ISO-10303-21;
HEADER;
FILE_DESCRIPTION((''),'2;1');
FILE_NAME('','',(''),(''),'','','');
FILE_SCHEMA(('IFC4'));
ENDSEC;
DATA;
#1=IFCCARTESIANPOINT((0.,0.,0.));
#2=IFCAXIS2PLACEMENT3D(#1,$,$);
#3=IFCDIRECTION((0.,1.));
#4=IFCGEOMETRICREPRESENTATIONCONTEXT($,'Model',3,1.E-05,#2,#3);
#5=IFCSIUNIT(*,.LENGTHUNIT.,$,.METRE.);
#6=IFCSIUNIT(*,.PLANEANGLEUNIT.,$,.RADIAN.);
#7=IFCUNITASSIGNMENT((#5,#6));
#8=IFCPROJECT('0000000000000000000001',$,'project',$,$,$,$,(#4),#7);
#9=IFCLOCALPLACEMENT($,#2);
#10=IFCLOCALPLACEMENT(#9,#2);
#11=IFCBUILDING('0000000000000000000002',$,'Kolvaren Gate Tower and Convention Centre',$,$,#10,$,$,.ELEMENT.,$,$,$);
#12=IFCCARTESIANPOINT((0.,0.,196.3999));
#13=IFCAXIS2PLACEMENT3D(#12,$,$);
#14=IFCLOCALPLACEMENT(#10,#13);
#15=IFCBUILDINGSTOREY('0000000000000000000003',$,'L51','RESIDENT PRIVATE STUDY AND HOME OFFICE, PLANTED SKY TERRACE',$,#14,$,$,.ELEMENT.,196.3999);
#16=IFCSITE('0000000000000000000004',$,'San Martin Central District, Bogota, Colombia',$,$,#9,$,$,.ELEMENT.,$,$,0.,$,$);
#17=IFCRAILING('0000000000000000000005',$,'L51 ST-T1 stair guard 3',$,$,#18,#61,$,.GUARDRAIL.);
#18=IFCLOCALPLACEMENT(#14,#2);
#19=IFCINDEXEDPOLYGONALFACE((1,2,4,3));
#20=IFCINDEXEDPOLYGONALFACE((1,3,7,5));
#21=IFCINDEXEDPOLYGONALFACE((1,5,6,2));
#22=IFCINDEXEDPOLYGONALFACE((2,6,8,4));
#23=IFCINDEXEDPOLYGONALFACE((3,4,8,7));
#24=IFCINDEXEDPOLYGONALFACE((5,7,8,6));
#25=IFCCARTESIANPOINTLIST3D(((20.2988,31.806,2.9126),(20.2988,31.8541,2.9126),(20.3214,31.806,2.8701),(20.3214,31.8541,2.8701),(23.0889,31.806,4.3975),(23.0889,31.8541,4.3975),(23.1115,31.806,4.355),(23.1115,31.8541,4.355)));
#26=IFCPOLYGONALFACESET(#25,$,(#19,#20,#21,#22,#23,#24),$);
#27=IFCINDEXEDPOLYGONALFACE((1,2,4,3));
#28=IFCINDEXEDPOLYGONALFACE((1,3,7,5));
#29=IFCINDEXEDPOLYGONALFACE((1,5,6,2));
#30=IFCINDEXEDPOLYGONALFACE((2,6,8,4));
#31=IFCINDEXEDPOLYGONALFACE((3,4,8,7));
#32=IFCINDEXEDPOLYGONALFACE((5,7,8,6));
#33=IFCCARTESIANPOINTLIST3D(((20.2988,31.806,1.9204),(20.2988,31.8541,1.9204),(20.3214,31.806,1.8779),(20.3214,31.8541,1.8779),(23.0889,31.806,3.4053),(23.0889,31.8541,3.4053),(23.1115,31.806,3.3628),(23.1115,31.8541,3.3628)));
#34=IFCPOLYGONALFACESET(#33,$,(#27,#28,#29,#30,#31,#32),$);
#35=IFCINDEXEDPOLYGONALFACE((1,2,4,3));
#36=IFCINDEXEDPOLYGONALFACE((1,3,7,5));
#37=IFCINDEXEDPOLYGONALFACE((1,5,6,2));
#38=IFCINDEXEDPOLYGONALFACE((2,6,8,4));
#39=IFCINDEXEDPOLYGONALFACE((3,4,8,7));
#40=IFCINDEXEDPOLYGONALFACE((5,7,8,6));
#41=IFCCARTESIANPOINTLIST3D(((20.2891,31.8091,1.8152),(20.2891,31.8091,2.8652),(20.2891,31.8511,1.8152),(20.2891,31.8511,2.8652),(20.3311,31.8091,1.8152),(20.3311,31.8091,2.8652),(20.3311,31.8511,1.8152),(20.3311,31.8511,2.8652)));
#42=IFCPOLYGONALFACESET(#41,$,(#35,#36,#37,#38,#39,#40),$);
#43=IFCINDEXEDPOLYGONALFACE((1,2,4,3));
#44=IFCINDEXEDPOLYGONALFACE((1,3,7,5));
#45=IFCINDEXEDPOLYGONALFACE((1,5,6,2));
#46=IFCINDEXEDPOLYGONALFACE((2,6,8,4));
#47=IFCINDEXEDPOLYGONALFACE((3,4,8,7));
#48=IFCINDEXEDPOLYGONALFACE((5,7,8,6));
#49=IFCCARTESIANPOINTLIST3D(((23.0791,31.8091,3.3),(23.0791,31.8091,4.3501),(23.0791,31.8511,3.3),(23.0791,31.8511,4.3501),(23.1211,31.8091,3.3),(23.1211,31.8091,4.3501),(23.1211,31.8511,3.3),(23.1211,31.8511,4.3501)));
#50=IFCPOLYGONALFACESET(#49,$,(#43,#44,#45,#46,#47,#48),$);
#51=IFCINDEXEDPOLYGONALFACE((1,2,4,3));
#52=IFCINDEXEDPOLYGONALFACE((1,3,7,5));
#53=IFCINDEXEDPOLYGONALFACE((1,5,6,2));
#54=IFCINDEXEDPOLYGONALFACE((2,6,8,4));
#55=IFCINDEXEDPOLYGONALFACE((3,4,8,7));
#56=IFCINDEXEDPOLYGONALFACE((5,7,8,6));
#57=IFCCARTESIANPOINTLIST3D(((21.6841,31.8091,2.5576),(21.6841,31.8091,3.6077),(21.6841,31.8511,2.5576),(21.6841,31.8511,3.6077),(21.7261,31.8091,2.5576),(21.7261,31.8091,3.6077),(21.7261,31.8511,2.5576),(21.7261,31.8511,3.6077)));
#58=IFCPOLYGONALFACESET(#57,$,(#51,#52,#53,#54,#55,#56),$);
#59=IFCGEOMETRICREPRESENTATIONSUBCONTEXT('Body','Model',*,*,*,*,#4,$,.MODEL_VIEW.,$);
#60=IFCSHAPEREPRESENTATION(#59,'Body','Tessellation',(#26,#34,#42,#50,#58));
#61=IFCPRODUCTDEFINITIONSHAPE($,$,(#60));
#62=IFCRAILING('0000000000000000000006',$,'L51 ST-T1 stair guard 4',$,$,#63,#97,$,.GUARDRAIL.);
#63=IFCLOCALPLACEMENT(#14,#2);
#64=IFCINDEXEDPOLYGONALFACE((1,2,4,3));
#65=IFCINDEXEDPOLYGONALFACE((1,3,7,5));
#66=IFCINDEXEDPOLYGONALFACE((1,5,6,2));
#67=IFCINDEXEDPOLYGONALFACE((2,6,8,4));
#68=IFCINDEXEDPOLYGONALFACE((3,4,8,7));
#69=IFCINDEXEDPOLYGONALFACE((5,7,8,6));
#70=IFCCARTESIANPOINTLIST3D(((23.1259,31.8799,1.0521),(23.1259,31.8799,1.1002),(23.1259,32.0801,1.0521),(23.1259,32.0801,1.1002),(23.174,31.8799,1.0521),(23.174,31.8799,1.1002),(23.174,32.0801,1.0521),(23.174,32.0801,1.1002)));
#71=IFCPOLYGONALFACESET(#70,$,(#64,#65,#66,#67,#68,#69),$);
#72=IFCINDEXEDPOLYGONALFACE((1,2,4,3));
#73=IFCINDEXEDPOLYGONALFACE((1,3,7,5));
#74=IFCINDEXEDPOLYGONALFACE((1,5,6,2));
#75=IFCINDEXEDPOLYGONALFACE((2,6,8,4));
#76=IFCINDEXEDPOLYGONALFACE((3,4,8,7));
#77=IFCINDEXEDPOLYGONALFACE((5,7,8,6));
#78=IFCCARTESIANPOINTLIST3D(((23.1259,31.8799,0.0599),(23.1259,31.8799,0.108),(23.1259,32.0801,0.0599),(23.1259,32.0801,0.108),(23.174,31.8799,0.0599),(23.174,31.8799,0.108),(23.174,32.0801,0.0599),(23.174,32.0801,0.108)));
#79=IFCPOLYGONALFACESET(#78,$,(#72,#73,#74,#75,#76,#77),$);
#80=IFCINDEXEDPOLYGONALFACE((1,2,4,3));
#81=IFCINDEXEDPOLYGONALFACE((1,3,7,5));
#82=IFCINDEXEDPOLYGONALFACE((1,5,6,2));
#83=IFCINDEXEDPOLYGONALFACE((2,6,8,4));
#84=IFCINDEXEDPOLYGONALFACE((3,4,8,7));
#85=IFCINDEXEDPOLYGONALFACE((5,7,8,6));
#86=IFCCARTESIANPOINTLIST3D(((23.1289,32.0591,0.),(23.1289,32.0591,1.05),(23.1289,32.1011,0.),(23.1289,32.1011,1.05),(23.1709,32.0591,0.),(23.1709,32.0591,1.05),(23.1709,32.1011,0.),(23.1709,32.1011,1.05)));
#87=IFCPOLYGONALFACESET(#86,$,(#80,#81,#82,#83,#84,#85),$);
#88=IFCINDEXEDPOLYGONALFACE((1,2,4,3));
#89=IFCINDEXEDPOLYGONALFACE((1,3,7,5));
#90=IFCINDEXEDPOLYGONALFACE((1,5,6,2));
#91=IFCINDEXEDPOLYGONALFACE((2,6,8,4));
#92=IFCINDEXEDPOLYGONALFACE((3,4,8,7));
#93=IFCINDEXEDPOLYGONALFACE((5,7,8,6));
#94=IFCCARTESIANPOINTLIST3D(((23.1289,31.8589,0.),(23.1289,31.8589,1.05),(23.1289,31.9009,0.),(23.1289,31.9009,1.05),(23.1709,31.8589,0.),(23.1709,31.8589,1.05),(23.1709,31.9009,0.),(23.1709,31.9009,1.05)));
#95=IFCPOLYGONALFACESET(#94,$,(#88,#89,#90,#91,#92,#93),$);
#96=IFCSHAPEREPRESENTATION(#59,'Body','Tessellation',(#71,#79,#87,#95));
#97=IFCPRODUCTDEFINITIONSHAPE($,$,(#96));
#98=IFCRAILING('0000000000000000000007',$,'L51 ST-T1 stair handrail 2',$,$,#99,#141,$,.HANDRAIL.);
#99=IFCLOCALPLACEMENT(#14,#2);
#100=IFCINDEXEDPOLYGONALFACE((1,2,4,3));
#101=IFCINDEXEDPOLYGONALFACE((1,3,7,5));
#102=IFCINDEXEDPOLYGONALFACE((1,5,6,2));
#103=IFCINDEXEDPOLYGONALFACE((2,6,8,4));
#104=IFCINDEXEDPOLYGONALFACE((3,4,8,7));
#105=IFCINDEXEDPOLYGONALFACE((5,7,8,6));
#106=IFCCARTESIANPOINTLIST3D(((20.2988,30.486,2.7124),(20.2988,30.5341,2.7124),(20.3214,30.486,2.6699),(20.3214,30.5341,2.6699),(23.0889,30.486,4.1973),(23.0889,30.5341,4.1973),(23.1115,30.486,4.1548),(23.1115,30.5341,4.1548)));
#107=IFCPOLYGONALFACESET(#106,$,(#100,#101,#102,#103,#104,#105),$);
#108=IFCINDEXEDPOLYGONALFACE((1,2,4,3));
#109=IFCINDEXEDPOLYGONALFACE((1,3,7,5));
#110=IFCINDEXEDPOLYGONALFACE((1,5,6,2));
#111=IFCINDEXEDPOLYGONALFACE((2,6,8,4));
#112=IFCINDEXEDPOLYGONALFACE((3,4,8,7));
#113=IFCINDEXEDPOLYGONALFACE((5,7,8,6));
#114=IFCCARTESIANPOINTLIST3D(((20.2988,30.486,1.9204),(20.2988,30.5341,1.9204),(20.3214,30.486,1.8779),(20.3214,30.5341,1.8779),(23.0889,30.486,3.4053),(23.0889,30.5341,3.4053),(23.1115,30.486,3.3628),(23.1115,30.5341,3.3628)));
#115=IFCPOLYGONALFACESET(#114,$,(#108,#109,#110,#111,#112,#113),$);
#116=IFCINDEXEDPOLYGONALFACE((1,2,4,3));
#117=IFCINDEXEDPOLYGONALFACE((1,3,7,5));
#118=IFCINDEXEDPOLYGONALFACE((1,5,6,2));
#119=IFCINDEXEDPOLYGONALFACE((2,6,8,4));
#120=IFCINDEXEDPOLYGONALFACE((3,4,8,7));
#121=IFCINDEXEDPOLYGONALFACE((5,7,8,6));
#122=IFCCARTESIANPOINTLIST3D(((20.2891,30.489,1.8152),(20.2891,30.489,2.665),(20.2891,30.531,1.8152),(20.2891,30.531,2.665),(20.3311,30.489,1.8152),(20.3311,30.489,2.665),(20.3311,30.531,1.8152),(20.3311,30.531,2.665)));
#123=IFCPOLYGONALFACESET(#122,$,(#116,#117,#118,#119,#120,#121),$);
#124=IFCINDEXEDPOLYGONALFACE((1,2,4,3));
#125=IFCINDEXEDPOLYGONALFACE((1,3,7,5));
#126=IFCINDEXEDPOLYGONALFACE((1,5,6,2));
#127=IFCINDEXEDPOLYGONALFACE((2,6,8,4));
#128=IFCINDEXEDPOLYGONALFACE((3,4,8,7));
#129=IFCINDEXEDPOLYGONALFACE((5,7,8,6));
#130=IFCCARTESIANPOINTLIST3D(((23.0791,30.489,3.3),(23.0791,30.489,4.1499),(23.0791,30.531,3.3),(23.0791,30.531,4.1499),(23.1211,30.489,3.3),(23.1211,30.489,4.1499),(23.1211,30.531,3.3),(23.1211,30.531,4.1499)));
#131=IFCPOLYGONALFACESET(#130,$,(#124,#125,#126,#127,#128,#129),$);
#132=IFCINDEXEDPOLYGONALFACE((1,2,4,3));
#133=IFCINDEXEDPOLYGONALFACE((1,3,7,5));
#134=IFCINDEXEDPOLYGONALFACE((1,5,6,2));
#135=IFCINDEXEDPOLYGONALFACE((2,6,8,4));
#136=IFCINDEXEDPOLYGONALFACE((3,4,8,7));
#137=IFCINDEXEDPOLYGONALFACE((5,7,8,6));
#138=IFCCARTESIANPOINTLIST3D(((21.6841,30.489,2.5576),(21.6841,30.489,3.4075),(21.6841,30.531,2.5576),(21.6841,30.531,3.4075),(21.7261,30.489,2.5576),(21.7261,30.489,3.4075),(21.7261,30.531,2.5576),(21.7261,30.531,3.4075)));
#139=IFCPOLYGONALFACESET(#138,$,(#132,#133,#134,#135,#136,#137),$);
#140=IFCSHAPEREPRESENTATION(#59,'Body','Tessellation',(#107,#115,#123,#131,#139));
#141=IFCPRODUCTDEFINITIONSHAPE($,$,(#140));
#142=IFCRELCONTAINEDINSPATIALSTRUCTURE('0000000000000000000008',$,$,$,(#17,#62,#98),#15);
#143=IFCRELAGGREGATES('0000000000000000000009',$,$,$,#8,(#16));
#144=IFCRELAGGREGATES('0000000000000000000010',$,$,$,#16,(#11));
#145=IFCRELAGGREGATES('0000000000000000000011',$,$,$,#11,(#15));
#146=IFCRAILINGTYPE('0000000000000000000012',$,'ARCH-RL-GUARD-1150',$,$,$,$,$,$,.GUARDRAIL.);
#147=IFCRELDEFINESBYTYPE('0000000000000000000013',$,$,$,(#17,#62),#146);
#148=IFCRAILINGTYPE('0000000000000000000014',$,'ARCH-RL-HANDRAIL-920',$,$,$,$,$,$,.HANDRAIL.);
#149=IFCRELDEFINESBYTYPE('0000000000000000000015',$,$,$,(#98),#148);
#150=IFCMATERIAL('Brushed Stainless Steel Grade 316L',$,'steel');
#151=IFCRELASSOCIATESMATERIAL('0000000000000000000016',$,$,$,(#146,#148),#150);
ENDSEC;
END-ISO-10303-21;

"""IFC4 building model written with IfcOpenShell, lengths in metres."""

from ifc_helpers import new_model, si_unit, direction, frame, origin, origin_2d, place, context, subcontext, project, spatial, rectangle, extrude, material, type_object, element, save


model = new_model("IFC4")

# Units and contexts
model_context = context("Model", 3, precision=1e-05, world=origin(), true_north=direction((0.0, 1.0)))
body_context = subcontext(model_context, "Body", "Model", "MODEL_VIEW")
ifc_project = project(units=[si_unit("LENGTHUNIT", "METRE"), si_unit("PLANEANGLEUNIT", "RADIAN")], contexts=[model_context])

# Site, building, storey
site_placement = place(None, origin())
site = spatial("IfcSite", under=ifc_project, at=site_placement, Name="San Martin Central District, Bogota, Colombia", CompositionType="ELEMENT", RefElevation=0.0)
building_placement = place(site_placement, origin())
building = spatial("IfcBuilding", under=site, at=building_placement, Name="Kolvaren Gate Tower and Convention Centre", CompositionType="ELEMENT")
storey_placement = place(building_placement, frame((0.0, 0.0, 196.3999)))
storey = spatial("IfcBuildingStorey", under=building, at=storey_placement, Name="L51", Description="RESIDENT PRIVATE STUDY AND HOME OFFICE, PLANTED SKY TERRACE", CompositionType="ELEMENT", Elevation=196.3999)

# Shared definitions
ifc_material_1 = material(Name="Brushed Stainless Steel Grade 316L", Category="steel")

# Railings
railing_type_1 = type_object("IfcRailingType", Name="ARCH-RL-GUARD-1150", PredefinedType="GUARDRAIL", material=ifc_material_1)
railing_1_placement = place(storey_placement, frame((20.3101, 31.8301, 1.8152)))
element("IfcRailing", 1, at=railing_1_placement, inside=storey, type_object=railing_type_1, Name="L51 ST-T1 stair guard 3", PredefinedType="GUARDRAIL", context=body_context, shape_type="SweptSolid", body=[
    extrude(rectangle(XDim=0.0481, YDim=0.0481, at=origin_2d()), frame((0.0, 0.0, 1.0762), z_axis=(0.882767, 0.0, 0.46981), x_axis=(0.0, 1.0, 0.0)), (0.0, 0.0, 1.0), 3.1606),
    extrude(rectangle(XDim=0.0481, YDim=0.0481, at=origin_2d()), frame((0.0, 0.0, 0.084), z_axis=(0.882767, 0.0, 0.46981), x_axis=(0.0, 1.0, 0.0)), (0.0, 0.0, 1.0), 3.1606),
    extrude(rectangle(XDim=0.042, YDim=0.042, at=origin_2d()), origin(), (0.0, 0.0, 1.0), 1.05),
    extrude(rectangle(XDim=0.042, YDim=0.042, at=origin_2d()), frame((2.79, 0.0, 1.4849)), (0.0, 0.0, 1.0), 1.05),
    extrude(rectangle(XDim=0.042, YDim=0.042, at=origin_2d()), frame((1.395, 0.0, 0.7424)), (0.0, 0.0, 1.0), 1.05),
])
railing_2_placement = place(storey_placement, frame((23.1499, 32.0801, 0.0)))
element("IfcRailing", 2, at=railing_2_placement, inside=storey, type_object=railing_type_1, Name="L51 ST-T1 stair guard 4", PredefinedType="GUARDRAIL", context=body_context, shape_type="SweptSolid", body=[
    extrude(rectangle(XDim=0.0481, YDim=0.0481, at=origin_2d()), frame((0.0, 0.0, 1.0762), z_axis=(0.0, -1.0, 0.0), x_axis=(1.0, 0.0, 0.0)), (0.0, 0.0, 1.0), 0.2002),
    extrude(rectangle(XDim=0.0481, YDim=0.0481, at=origin_2d()), frame((0.0, 0.0, 0.084), z_axis=(0.0, -1.0, 0.0), x_axis=(1.0, 0.0, 0.0)), (0.0, 0.0, 1.0), 0.2002),
    extrude(rectangle(XDim=0.042, YDim=0.042, at=origin_2d()), origin(), (0.0, 0.0, 1.0), 1.05),
    extrude(rectangle(XDim=0.042, YDim=0.042, at=origin_2d()), frame((0.0, -0.2002, 0.0)), (0.0, 0.0, 1.0), 1.05),
])
railing_type_2 = type_object("IfcRailingType", Name="ARCH-RL-HANDRAIL-920", PredefinedType="HANDRAIL", material=ifc_material_1)
railing_3_placement = place(storey_placement, frame((20.3101, 30.51, 1.8152)))
element("IfcRailing", 3, at=railing_3_placement, inside=storey, type_object=railing_type_2, Name="L51 ST-T1 stair handrail 2", PredefinedType="HANDRAIL", context=body_context, shape_type="SweptSolid", body=[
    extrude(rectangle(XDim=0.0481, YDim=0.0481, at=origin_2d()), frame((0.0, 0.0, 0.876), z_axis=(0.882767, 0.0, 0.46981), x_axis=(0.0, 1.0, 0.0)), (0.0, 0.0, 1.0), 3.1606),
    extrude(rectangle(XDim=0.0481, YDim=0.0481, at=origin_2d()), frame((0.0, 0.0, 0.084), z_axis=(0.882767, 0.0, 0.46981), x_axis=(0.0, 1.0, 0.0)), (0.0, 0.0, 1.0), 3.1606),
    extrude(rectangle(XDim=0.042, YDim=0.042, at=origin_2d()), origin(), (0.0, 0.0, 1.0), 0.8499),
    extrude(rectangle(XDim=0.042, YDim=0.042, at=origin_2d()), frame((2.79, 0.0, 1.4849)), (0.0, 0.0, 1.0), 0.8499),
    extrude(rectangle(XDim=0.042, YDim=0.042, at=origin_2d()), frame((1.395, 0.0, 0.7424)), (0.0, 0.0, 1.0), 0.8499),
])

save(model, "model.ifc")
